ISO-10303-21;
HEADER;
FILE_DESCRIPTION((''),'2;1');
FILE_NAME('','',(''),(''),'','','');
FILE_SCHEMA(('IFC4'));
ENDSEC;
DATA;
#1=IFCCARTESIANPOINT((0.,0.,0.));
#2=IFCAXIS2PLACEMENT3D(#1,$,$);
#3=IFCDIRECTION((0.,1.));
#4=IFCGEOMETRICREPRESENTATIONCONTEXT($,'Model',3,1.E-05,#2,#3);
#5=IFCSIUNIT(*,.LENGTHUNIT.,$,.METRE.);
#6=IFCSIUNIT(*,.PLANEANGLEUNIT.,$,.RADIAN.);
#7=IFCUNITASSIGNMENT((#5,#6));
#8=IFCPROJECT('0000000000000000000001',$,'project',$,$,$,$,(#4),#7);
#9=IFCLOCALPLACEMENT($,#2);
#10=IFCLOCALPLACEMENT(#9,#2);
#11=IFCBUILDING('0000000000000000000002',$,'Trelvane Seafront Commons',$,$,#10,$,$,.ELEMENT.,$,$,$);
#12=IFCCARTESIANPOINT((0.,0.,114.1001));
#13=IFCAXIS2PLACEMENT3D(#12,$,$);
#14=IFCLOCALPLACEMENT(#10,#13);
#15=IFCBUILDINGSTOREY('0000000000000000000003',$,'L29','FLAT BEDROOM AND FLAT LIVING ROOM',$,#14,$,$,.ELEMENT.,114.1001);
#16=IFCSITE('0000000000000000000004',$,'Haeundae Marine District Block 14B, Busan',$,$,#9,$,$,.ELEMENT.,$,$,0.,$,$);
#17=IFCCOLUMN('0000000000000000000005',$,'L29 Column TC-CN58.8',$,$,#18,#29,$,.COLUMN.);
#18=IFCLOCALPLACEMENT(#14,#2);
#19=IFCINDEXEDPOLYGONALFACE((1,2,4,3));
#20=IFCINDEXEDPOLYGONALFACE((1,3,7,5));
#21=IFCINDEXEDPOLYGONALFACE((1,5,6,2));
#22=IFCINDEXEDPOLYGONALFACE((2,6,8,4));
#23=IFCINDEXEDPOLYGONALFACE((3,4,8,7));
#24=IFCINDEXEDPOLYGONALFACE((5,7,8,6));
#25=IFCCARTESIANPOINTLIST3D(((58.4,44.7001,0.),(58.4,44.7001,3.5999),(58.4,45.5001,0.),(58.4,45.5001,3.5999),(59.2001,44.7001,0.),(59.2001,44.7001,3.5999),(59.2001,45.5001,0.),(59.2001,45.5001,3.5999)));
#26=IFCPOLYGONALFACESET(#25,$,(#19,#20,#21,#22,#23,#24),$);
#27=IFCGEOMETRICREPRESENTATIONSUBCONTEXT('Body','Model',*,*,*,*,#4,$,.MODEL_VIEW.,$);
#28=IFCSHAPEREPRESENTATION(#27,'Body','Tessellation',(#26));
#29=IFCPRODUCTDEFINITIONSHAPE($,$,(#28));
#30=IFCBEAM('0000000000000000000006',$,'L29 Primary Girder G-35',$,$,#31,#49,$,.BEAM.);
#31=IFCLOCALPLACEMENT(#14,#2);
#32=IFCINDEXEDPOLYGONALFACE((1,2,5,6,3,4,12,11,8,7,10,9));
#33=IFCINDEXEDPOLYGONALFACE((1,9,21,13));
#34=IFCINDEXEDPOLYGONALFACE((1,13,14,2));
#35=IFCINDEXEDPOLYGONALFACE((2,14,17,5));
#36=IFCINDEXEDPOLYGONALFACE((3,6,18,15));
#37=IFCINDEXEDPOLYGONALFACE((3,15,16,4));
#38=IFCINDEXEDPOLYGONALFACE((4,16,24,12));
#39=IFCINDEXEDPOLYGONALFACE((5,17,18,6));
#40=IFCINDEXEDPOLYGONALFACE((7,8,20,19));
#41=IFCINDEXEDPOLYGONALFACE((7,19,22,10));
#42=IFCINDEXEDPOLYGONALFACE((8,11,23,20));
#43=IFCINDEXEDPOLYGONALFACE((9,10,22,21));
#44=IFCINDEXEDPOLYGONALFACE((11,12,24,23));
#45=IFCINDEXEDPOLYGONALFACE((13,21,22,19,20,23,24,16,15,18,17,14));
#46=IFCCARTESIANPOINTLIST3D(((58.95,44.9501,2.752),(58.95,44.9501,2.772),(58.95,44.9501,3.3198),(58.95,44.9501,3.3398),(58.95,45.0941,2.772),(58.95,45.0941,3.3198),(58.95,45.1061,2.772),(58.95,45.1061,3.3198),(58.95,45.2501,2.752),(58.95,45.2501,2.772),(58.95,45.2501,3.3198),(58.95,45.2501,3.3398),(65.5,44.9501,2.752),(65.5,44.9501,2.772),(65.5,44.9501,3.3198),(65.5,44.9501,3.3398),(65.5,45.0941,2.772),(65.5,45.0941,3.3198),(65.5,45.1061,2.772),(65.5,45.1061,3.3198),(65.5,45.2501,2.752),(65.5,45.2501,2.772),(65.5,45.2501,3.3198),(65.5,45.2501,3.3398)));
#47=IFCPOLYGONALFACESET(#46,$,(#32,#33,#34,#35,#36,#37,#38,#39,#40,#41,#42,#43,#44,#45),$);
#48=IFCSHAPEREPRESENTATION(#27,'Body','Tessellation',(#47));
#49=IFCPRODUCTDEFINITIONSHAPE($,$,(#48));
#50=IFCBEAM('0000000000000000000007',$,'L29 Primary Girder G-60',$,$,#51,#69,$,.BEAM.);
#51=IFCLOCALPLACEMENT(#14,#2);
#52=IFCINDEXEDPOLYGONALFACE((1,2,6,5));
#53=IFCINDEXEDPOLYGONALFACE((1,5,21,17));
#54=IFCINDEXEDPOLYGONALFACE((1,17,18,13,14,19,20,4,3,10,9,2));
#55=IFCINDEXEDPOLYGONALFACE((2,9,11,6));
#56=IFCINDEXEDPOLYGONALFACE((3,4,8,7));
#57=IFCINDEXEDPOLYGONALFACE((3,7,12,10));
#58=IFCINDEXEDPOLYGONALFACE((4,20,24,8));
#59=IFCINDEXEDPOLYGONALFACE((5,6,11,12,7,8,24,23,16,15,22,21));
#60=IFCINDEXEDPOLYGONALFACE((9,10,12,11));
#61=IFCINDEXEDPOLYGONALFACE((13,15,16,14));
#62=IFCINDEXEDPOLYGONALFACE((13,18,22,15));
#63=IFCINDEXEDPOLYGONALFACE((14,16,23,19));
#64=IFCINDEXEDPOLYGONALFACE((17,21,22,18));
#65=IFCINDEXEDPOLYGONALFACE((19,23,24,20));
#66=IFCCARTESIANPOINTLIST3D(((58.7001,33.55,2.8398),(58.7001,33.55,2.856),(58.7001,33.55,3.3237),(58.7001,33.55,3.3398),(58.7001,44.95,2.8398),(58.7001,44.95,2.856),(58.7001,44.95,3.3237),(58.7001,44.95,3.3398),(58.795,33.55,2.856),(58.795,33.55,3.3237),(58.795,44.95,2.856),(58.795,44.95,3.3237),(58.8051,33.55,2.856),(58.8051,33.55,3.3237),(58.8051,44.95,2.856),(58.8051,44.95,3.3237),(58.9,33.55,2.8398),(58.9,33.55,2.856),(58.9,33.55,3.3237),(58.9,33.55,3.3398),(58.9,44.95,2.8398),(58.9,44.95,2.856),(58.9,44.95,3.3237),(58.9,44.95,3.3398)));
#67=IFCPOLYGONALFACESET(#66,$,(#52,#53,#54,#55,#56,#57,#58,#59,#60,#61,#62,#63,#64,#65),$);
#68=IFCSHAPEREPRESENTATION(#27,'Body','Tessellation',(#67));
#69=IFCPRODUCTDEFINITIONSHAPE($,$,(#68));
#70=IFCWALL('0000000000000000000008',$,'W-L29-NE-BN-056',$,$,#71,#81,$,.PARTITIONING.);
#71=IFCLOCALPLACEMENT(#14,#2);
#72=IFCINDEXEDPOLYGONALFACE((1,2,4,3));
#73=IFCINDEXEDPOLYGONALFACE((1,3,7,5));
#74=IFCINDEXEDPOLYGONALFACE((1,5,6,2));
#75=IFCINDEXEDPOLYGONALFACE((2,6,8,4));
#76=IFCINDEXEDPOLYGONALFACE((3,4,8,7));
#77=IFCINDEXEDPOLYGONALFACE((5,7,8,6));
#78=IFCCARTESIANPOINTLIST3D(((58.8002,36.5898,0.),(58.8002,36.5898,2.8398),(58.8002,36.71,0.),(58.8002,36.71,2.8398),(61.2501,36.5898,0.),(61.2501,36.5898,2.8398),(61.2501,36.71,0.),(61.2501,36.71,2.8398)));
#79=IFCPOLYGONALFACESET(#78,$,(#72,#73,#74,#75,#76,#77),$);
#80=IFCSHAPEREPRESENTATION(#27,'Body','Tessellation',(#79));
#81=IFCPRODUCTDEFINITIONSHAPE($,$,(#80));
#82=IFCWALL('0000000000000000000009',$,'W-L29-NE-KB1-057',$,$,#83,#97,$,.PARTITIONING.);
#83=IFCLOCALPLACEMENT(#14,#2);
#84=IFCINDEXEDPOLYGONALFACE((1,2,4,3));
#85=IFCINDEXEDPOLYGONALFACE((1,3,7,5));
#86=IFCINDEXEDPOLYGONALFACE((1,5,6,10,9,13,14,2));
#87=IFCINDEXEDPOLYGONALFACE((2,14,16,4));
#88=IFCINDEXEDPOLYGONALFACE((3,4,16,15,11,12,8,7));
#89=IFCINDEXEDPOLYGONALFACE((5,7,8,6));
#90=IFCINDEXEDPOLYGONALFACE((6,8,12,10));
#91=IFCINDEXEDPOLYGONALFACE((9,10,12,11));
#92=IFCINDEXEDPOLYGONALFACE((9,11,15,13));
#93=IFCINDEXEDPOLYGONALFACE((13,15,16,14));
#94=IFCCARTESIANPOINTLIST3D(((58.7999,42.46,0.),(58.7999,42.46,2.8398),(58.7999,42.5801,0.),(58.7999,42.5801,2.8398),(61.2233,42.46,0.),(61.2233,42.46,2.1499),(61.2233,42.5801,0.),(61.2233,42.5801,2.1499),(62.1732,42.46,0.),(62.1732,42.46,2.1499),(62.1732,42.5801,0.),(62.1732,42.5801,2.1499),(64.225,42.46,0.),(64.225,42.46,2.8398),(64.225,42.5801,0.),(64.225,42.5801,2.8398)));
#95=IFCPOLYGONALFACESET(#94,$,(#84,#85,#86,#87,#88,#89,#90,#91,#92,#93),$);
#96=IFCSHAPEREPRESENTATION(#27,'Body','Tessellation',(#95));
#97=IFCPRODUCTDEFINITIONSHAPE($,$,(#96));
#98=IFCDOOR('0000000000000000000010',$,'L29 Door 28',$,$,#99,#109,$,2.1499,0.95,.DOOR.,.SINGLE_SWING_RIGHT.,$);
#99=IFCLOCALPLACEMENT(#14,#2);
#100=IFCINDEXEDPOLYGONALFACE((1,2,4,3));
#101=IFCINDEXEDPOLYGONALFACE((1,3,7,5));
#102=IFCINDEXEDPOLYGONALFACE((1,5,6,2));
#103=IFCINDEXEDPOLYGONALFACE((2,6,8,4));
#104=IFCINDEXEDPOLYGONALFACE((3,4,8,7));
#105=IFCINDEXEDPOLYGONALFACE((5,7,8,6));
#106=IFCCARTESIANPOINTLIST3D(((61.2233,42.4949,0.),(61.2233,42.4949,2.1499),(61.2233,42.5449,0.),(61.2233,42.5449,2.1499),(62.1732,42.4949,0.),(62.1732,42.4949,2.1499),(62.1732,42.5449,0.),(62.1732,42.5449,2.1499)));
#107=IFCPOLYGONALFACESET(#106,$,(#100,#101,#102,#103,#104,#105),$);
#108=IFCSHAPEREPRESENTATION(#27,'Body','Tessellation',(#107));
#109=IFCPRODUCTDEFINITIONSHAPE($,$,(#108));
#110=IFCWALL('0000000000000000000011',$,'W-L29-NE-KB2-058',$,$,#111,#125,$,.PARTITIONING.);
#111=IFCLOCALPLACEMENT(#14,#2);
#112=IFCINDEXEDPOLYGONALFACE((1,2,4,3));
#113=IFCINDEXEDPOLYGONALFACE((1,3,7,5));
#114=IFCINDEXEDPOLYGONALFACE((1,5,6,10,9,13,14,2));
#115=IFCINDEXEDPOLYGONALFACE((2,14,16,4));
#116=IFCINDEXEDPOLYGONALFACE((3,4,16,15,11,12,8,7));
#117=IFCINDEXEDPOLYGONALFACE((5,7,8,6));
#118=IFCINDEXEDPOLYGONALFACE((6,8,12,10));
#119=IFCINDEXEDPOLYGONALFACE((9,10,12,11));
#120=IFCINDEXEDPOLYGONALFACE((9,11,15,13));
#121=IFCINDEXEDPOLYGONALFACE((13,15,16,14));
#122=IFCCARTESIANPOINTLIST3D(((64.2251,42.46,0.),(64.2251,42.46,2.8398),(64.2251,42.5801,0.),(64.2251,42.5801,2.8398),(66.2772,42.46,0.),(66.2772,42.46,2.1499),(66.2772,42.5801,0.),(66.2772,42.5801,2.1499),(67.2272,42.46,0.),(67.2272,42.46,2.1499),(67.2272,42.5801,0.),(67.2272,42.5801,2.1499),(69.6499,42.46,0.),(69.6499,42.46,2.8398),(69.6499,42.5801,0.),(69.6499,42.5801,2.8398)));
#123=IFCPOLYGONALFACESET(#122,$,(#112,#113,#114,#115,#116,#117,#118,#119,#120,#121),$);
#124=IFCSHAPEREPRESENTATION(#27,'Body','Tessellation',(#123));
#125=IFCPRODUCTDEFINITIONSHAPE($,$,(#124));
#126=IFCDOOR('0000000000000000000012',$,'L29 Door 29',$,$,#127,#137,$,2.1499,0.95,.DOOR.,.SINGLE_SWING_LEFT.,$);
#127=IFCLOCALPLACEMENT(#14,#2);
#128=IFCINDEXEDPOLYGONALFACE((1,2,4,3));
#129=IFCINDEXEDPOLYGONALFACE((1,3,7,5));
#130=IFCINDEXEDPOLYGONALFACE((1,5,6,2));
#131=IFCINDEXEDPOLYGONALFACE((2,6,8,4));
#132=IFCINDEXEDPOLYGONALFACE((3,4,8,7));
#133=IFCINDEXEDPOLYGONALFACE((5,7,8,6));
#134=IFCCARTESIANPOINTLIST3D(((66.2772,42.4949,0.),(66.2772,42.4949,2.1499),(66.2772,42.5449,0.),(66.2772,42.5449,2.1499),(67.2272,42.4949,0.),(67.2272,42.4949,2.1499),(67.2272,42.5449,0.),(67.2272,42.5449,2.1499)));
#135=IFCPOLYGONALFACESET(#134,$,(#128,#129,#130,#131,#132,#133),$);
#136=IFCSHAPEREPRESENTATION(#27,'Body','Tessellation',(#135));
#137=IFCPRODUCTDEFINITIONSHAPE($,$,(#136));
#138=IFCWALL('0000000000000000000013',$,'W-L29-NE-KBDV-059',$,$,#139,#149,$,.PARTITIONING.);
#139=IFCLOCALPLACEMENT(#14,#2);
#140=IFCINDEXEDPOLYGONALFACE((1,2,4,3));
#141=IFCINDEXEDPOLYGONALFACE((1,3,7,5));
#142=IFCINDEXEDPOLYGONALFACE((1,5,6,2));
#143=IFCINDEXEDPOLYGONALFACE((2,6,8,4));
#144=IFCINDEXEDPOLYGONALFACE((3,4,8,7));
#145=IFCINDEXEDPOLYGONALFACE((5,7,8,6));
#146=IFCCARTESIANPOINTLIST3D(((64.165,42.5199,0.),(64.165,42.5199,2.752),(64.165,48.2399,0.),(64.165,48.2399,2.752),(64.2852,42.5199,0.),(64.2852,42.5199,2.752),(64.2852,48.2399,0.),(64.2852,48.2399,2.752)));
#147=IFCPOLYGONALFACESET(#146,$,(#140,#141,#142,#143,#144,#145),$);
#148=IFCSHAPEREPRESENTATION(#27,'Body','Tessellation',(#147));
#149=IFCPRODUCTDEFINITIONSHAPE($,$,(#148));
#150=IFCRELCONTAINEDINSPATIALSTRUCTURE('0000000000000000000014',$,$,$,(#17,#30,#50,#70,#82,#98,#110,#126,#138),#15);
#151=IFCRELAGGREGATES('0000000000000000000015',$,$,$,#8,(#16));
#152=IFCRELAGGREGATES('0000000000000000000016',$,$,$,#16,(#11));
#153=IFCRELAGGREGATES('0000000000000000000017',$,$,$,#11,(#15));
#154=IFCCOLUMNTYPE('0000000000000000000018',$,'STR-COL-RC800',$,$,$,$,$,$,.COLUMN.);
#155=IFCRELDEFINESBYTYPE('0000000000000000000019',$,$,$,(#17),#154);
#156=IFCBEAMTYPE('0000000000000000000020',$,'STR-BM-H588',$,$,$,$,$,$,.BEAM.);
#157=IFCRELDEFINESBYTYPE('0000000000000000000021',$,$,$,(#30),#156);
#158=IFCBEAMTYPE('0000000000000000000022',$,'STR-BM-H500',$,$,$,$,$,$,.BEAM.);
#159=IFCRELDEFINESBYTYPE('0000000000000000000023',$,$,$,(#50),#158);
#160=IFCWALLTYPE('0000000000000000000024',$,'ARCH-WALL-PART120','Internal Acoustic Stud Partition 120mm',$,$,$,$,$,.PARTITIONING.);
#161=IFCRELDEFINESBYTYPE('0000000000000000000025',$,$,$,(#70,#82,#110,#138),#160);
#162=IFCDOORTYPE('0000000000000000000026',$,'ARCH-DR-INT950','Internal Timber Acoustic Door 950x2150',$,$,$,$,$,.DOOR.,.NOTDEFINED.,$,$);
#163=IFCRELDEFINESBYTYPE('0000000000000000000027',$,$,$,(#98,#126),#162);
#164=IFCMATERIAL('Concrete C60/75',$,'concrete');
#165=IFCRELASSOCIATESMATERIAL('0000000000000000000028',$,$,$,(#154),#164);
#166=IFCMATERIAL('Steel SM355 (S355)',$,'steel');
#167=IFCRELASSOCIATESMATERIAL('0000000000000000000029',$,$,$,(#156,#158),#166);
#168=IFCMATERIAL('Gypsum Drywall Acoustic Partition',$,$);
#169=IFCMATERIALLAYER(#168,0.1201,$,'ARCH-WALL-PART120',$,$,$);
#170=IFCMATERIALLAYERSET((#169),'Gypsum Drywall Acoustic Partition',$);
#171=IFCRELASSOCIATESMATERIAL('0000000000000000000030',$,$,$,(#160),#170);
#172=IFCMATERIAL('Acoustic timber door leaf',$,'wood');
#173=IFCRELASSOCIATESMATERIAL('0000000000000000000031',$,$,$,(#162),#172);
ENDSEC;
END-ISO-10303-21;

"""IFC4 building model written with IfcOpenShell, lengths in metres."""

from ifc_helpers import new_model, si_unit, direction, frame, frame_2d, origin, origin_2d, place, context, subcontext, project, spatial, rectangle, i_section, extrude, source, transform, mapped, material, layer, layer_set, material_profile, profile_set, type_object, element, fill, save


model = new_model("IFC4")

# Units and contexts
model_context = context("Model", 3, precision=1e-05, world=origin(), true_north=direction((0.0, 1.0)))
body_context = subcontext(model_context, "Body", "Model", "MODEL_VIEW")
ifc_project = project(units=[si_unit("LENGTHUNIT", "METRE"), si_unit("PLANEANGLEUNIT", "RADIAN")], contexts=[model_context])

# Site, building, storey
site_placement = place(None, origin())
site = spatial("IfcSite", under=ifc_project, at=site_placement, Name="Haeundae Marine District Block 14B, Busan", CompositionType="ELEMENT", RefElevation=0.0)
building_placement = place(site_placement, origin())
building = spatial("IfcBuilding", under=site, at=building_placement, Name="Trelvane Seafront Commons", CompositionType="ELEMENT")
storey_placement = place(building_placement, frame((0.0, 0.0, 114.1001)))
storey = spatial("IfcBuildingStorey", under=building, at=storey_placement, Name="L29", Description="FLAT BEDROOM AND FLAT LIVING ROOM", CompositionType="ELEMENT", Elevation=114.1001)

# Column
ifc_material_1 = material(Name="Concrete C60/75", Category="concrete")
ifc_material_profile_1 = material_profile(ifc_material_1, rectangle(XDim=0.8, YDim=0.8, at=origin_2d()), Name="RC-800x800")
ifc_profile_set_1 = profile_set([ifc_material_profile_1], Name="Concrete C60/75")
column_type = type_object("IfcColumnType", Name="STR-COL-RC800", PredefinedType="COLUMN", material=ifc_profile_set_1)
shared_shape_1 = source(origin(), body_context, "Body", "SweptSolid", [
    extrude(rectangle(XDim=0.8, YDim=0.8, at=origin_2d()), origin(), (0.0, 0.0, 1.0), 3.5999),
])
column_placement = place(storey_placement, frame((58.8, 45.1001, 0.0), z_axis=(0.0, 0.0, 1.0), x_axis=(1.0, 0.0, 0.0)))
element("IfcColumn", 1, at=column_placement, inside=storey, type_object=column_type, Name="L29 Column TC-CN58.8", PredefinedType="COLUMN", context=body_context, shape_type="MappedRepresentation", body=[
    mapped(shared_shape_1, transform((0.0, 0.0, 0.0), x_axis=(1.0, 0.0, 0.0), y_axis=(0.0, 1.0, 0.0), z_axis=(0.0, 0.0, 1.0), scale=1.0)),
])

# Beams
ifc_material_2 = material(Name="Steel SM355 (S355)", Category="steel")
ifc_material_profile_2 = material_profile(ifc_material_2, i_section(OverallWidth=0.3, OverallDepth=0.5879, WebThickness=0.012, FlangeThickness=0.02, at=origin_2d()), Name="H-588x300x12x20")
ifc_profile_set_2 = profile_set([ifc_material_profile_2], Name="Steel SM355 (S355)")
beam_type_1 = type_object("IfcBeamType", Name="STR-BM-H588", PredefinedType="BEAM", material=ifc_profile_set_2)
shared_shape_2 = source(origin(), body_context, "Body", "SweptSolid", [
    extrude(i_section(OverallWidth=0.3, OverallDepth=0.5879, WebThickness=0.012, FlangeThickness=0.02, at=origin_2d()), origin(), (0.0, 0.0, 1.0), 6.55),
])
beam_1_placement = place(storey_placement, frame((58.95, 45.1001, 3.0459), z_axis=(1.0, 0.0, 0.0), x_axis=(0.0, 1.0, 0.0)))
element("IfcBeam", 2, at=beam_1_placement, inside=storey, type_object=beam_type_1, Name="L29 Primary Girder G-35", PredefinedType="BEAM", context=body_context, shape_type="MappedRepresentation", body=[
    mapped(shared_shape_2, transform((0.0, 0.0, 0.0), x_axis=(1.0, 0.0, 0.0), y_axis=(0.0, 1.0, 0.0), z_axis=(0.0, 0.0, 1.0), scale=1.0)),
])
ifc_material_profile_3 = material_profile(ifc_material_2, i_section(OverallWidth=0.2, OverallDepth=0.5, WebThickness=0.01, FlangeThickness=0.0161, at=origin_2d()), Name="H-500x200x10x16")
ifc_profile_set_3 = profile_set([ifc_material_profile_3], Name="Steel SM355 (S355)")
beam_type_2 = type_object("IfcBeamType", Name="STR-BM-H500", PredefinedType="BEAM", material=ifc_profile_set_3)
shared_shape_3 = source(origin(), body_context, "Body", "SweptSolid", [
    extrude(i_section(OverallWidth=0.2, OverallDepth=0.5, WebThickness=0.01, FlangeThickness=0.0161, at=origin_2d()), origin(), (0.0, 0.0, 1.0), 11.3999),
])
beam_2_placement = place(storey_placement, frame((58.8, 33.55, 3.0898), z_axis=(0.0, 1.0, 0.0), x_axis=(-1.0, 0.0, 0.0)))
element("IfcBeam", 3, at=beam_2_placement, inside=storey, type_object=beam_type_2, Name="L29 Primary Girder G-60", PredefinedType="BEAM", context=body_context, shape_type="MappedRepresentation", body=[
    mapped(shared_shape_3, transform((0.0, 0.0, 0.0), x_axis=(1.0, 0.0, 0.0), y_axis=(0.0, 1.0, 0.0), z_axis=(0.0, 0.0, 1.0), scale=1.0)),
])

# Wall
ifc_material_3 = material(Name="Gypsum Drywall Acoustic Partition")
ifc_layer_1 = layer(ifc_material_3, 0.1201, Name="ARCH-WALL-PART120")
ifc_layer_set_1 = layer_set([ifc_layer_1], Name="Gypsum Drywall Acoustic Partition")
wall_type_1 = type_object("IfcWallType", Name="ARCH-WALL-PART120", Description="Internal Acoustic Stud Partition 120mm", PredefinedType="PARTITIONING", material=ifc_layer_set_1)
wall_1_placement = place(storey_placement, frame((58.8, 36.6499, 0.0), z_axis=(0.0, 0.0, 1.0), x_axis=(1.0, 0.0, 0.0)))
element("IfcWall", 4, at=wall_1_placement, inside=storey, type_object=wall_type_1, Name="W-L29-NE-BN-056", PredefinedType="PARTITIONING", context=body_context, shape_type="SweptSolid", body=[
    extrude(rectangle(XDim=2.45, YDim=0.1201, at=frame_2d((1.2251, 0.0))), origin(), (0.0, 0.0, 1.0), 2.8398),
])

# Walls, openings, doors
wall_2_placement = place(storey_placement, frame((58.8, 42.52, 0.0), z_axis=(0.0, 0.0, 1.0), x_axis=(1.0, 0.0, 0.0)))
wall_2 = element("IfcWall", 5, at=wall_2_placement, inside=storey, type_object=wall_type_1, Name="W-L29-NE-KB1-057", PredefinedType="PARTITIONING", context=body_context, shape_type="SweptSolid", body=[
    extrude(rectangle(XDim=5.425, YDim=0.1201, at=frame_2d((2.7124, 0.0))), origin(), (0.0, 0.0, 1.0), 2.8398),
])
opening_1_placement = place(wall_2_placement, frame((2.4231, 0.0, 0.0)))
opening_1 = element("IfcOpeningElement", 6, at=opening_1_placement, cuts=wall_2, PredefinedType="OPENING", context=body_context, shape_type="SweptSolid", body=[
    extrude(rectangle(XDim=0.95, YDim=2.1499, at=frame_2d((0.4751, 1.075))), frame((0.0, 0.0701, 0.0), z_axis=(0.0, -1.0, 0.0), x_axis=(1.0, 0.0, 0.0)), (0.0, 0.0, 1.0), 0.1401),
])
ifc_material_4 = material(Name="Acoustic timber door leaf", Category="wood")
door_type_1 = type_object("IfcDoorType", Name="ARCH-DR-INT950", Description="Internal Timber Acoustic Door 950x2150", OperationType="NOTDEFINED", PredefinedType="DOOR", material=ifc_material_4)
shared_shape_4 = source(origin(), body_context, "Body", "SweptSolid", [
    extrude(rectangle(XDim=0.95, YDim=2.1499, at=frame_2d((0.4751, 1.075))), frame((0.0, 0.0249, 0.0), z_axis=(0.0, -1.0, 0.0), x_axis=(1.0, 0.0, 0.0)), (0.0, 0.0, 1.0), 0.05),
])
door_1_placement = place(opening_1_placement, origin())
door_1 = element("IfcDoor", 7, at=door_1_placement, inside=storey, type_object=door_type_1, Name="L29 Door 28", OperationType="SINGLE_SWING_RIGHT", OverallHeight=2.1499, OverallWidth=0.95, PredefinedType="DOOR", context=body_context, shape_type="MappedRepresentation", body=[
    mapped(shared_shape_4, transform((0.0, 0.0, 0.0), x_axis=(1.0, 0.0, 0.0), y_axis=(0.0, 1.0, 0.0), z_axis=(0.0, 0.0, 1.0), scale=1.0)),
])
fill(opening_1, door_1)
wall_3_placement = place(storey_placement, frame((64.2251, 42.52, 0.0), z_axis=(0.0, 0.0, 1.0), x_axis=(1.0, 0.0, 0.0)))
wall_3 = element("IfcWall", 8, at=wall_3_placement, inside=storey, type_object=wall_type_1, Name="W-L29-NE-KB2-058", PredefinedType="PARTITIONING", context=body_context, shape_type="SweptSolid", body=[
    extrude(rectangle(XDim=5.4248, YDim=0.1201, at=frame_2d((2.7124, 0.0))), origin(), (0.0, 0.0, 1.0), 2.8398),
])
opening_2_placement = place(wall_3_placement, frame((2.052, 0.0, 0.0)))
opening_2 = element("IfcOpeningElement", 9, at=opening_2_placement, cuts=wall_3, PredefinedType="OPENING", context=body_context, shape_type="SweptSolid", body=[
    extrude(rectangle(XDim=0.95, YDim=2.1499, at=frame_2d((0.4751, 1.075))), frame((0.0, 0.0701, 0.0), z_axis=(0.0, -1.0, 0.0), x_axis=(1.0, 0.0, 0.0)), (0.0, 0.0, 1.0), 0.1401),
])
door_2_placement = place(opening_2_placement, origin())
door_2 = element("IfcDoor", 10, at=door_2_placement, inside=storey, type_object=door_type_1, Name="L29 Door 29", OperationType="SINGLE_SWING_LEFT", OverallHeight=2.1499, OverallWidth=0.95, PredefinedType="DOOR", context=body_context, shape_type="MappedRepresentation", body=[
    mapped(shared_shape_4, transform((0.0, 0.0, 0.0), x_axis=(1.0, 0.0, 0.0), y_axis=(0.0, 1.0, 0.0), z_axis=(0.0, 0.0, 1.0), scale=1.0)),
])
fill(opening_2, door_2)

# Wall
wall_4_placement = place(storey_placement, frame((64.2251, 42.52, 0.0), z_axis=(0.0, 0.0, 1.0), x_axis=(0.0, 1.0, 0.0)))
element("IfcWall", 11, at=wall_4_placement, inside=storey, type_object=wall_type_1, Name="W-L29-NE-KBDV-059", PredefinedType="PARTITIONING", context=body_context, shape_type="SweptSolid", body=[
    extrude(rectangle(XDim=5.72, YDim=0.1201, at=frame_2d((2.8599, 0.0))), origin(), (0.0, 0.0, 1.0), 2.752),
])

save(model, "model.ifc")
